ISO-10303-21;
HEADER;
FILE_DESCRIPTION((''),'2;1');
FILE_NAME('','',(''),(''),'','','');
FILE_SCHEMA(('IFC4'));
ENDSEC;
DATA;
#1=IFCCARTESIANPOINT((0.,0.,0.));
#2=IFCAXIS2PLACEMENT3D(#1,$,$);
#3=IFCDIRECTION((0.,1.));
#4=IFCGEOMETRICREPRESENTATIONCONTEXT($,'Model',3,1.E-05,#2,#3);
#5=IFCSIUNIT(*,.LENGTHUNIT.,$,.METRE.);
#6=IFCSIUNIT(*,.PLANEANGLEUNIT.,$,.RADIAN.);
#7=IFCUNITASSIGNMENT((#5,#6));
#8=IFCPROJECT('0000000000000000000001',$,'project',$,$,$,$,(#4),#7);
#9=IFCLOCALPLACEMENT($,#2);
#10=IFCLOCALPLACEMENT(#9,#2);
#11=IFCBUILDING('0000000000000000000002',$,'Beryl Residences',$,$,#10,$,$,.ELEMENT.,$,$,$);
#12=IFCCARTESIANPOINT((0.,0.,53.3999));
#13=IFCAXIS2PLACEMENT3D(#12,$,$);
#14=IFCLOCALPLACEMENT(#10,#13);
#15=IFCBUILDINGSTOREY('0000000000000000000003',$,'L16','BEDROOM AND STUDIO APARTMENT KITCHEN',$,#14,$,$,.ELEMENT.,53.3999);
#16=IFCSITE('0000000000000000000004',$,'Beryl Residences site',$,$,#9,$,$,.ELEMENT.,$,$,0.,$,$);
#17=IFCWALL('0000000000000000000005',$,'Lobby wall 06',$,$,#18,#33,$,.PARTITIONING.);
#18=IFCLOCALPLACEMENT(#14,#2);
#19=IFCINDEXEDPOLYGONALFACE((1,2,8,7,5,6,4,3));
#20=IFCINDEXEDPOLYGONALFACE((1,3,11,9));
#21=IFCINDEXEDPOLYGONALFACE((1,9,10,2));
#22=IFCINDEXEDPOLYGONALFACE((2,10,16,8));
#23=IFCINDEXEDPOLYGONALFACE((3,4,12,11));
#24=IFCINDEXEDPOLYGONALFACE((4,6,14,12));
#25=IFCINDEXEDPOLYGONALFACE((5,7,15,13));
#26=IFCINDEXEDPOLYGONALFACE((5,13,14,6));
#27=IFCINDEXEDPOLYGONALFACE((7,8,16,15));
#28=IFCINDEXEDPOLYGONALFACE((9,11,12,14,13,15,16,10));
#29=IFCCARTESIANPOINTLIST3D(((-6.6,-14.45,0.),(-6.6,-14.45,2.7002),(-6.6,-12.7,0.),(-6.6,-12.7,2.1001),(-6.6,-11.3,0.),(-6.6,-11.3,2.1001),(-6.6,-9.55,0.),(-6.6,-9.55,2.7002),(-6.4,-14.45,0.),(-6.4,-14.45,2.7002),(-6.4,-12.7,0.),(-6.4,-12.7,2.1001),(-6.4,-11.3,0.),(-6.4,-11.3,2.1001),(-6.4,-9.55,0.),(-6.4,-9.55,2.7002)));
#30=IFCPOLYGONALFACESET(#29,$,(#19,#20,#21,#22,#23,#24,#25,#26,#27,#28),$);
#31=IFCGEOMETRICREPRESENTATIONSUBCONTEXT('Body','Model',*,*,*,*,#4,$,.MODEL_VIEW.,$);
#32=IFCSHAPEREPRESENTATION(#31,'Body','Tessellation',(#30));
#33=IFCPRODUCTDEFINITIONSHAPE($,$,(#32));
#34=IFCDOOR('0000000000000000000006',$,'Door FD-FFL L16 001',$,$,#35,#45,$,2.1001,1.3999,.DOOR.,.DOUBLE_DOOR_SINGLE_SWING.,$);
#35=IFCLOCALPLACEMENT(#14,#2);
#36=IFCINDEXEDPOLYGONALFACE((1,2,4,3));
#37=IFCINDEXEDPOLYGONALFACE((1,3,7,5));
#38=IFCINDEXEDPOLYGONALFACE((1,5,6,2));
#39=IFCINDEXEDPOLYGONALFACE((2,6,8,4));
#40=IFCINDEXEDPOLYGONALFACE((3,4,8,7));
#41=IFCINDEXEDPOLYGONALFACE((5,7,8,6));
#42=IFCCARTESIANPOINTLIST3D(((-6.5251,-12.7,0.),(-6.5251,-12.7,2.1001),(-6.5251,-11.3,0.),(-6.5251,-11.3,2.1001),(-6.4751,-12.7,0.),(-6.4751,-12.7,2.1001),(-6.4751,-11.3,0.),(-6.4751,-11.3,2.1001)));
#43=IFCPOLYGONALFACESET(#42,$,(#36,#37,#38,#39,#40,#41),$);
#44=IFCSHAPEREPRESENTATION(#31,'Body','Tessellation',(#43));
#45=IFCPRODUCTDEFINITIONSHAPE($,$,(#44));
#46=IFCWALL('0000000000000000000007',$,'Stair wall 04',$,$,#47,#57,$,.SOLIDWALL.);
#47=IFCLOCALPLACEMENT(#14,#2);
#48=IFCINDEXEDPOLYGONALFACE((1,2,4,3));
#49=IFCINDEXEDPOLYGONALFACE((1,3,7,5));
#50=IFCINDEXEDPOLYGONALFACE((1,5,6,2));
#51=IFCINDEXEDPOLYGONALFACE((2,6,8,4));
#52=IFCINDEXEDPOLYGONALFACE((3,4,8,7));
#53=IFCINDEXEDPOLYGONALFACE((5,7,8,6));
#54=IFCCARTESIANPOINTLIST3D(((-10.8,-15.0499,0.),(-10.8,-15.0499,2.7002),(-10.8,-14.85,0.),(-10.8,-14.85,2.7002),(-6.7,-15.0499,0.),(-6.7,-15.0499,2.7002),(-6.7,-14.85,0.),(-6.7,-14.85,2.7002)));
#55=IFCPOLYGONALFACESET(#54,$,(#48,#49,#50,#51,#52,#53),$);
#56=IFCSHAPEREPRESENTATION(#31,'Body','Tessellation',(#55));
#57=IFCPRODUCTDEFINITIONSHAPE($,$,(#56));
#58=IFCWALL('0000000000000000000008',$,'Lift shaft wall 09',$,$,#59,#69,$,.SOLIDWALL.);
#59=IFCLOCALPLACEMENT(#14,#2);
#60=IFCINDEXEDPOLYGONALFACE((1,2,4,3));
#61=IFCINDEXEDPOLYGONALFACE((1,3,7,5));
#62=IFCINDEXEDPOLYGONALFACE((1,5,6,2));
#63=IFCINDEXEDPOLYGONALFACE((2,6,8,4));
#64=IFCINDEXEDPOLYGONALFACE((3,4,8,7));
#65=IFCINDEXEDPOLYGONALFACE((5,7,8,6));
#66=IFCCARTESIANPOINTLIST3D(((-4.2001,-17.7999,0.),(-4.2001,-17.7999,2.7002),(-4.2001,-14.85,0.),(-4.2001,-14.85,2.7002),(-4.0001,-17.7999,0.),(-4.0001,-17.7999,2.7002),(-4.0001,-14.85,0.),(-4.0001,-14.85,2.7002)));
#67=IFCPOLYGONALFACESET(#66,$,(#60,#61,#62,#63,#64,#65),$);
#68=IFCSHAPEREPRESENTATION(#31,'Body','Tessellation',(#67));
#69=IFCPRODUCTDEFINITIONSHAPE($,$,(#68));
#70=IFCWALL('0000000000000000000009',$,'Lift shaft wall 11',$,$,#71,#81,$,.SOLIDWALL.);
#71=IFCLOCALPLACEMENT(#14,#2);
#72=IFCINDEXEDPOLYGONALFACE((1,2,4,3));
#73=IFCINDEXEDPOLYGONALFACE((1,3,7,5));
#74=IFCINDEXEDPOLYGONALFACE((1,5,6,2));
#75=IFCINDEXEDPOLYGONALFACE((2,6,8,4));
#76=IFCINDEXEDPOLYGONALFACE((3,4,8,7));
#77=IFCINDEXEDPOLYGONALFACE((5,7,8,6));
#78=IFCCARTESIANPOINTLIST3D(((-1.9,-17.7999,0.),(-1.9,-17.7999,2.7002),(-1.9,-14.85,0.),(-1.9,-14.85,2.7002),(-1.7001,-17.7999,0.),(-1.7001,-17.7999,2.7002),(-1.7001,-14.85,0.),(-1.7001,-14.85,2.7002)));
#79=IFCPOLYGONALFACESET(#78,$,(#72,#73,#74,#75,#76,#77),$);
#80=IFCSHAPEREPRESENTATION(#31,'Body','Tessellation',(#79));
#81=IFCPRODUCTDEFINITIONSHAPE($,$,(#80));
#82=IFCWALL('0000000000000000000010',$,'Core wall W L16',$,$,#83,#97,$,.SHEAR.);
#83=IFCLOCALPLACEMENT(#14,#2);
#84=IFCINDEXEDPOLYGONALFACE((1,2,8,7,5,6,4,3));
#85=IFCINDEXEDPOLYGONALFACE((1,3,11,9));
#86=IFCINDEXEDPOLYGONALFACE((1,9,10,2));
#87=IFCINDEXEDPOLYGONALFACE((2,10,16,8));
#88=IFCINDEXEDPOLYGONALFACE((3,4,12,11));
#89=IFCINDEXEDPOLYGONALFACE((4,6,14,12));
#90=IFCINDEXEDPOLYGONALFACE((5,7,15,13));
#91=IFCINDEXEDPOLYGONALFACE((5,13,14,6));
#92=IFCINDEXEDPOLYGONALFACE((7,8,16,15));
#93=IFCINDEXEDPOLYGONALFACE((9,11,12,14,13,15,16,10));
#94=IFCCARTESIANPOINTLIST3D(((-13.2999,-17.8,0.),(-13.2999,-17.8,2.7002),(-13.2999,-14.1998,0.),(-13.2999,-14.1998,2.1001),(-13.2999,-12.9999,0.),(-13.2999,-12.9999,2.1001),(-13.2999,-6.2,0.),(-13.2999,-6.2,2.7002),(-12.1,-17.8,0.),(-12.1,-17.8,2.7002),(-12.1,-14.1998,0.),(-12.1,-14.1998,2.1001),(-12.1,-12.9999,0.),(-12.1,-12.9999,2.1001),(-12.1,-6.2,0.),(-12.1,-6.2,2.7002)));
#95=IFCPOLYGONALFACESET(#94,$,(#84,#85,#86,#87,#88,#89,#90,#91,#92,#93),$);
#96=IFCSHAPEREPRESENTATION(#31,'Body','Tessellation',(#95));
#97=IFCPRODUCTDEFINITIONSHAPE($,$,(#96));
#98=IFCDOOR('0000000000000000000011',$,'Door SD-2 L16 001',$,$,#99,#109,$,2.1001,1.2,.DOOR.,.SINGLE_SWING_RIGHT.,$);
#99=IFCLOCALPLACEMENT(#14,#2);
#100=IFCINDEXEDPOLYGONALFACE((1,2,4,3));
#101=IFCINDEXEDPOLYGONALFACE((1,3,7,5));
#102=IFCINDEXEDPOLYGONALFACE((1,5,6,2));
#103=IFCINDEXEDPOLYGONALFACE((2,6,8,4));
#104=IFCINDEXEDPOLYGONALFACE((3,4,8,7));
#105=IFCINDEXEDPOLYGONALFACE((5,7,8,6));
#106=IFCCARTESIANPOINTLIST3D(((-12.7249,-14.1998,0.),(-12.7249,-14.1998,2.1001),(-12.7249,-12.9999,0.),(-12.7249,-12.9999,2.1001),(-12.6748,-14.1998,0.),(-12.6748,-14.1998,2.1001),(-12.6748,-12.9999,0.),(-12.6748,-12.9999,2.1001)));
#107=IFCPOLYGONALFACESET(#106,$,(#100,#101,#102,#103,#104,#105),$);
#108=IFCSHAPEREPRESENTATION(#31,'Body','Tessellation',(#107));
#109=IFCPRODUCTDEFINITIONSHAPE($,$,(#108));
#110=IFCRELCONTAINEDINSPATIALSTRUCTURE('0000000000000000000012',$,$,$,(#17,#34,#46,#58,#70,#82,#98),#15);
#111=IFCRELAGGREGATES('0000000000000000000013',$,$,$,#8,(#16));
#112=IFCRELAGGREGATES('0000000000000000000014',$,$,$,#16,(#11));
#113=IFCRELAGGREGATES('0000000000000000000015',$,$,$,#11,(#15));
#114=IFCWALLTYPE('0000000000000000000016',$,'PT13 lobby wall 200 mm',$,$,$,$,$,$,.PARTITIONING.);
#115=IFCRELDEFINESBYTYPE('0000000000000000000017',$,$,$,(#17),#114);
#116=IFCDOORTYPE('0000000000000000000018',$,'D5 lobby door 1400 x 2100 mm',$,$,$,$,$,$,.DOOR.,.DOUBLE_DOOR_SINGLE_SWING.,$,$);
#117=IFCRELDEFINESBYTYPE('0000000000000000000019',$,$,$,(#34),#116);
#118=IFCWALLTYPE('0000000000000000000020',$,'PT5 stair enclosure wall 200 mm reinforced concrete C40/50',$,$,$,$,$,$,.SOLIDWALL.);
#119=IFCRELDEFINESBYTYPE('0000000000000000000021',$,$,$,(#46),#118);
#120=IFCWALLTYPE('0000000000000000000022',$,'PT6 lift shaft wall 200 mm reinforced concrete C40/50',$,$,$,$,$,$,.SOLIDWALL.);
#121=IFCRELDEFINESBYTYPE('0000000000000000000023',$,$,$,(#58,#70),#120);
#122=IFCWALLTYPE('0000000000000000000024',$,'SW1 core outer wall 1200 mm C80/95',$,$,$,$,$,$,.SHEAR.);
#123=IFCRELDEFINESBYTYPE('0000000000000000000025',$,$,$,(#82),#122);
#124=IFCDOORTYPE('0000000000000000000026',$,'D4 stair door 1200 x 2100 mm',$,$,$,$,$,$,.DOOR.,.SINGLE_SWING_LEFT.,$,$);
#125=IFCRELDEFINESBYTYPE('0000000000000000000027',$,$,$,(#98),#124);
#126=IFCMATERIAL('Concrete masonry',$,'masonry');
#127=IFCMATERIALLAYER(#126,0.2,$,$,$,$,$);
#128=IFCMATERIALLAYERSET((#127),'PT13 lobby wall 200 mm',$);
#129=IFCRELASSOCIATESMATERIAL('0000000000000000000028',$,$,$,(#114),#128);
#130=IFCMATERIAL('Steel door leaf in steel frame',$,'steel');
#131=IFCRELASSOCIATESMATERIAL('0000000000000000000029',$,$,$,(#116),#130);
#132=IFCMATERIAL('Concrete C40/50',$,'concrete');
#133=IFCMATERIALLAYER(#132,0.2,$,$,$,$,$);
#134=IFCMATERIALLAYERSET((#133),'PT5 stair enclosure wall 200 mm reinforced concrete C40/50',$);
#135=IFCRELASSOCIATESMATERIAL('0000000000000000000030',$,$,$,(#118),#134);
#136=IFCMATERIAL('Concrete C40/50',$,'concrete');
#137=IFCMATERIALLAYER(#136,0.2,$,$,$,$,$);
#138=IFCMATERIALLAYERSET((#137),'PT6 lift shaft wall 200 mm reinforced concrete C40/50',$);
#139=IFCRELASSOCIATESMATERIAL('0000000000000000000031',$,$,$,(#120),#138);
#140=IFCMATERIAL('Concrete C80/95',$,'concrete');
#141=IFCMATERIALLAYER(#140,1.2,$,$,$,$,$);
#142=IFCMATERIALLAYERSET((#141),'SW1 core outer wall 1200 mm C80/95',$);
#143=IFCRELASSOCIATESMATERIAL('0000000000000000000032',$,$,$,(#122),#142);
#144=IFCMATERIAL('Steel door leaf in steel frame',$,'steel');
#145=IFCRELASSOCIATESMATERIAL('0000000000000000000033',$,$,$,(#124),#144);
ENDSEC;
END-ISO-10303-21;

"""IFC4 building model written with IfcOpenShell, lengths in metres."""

from ifc_helpers import new_model, si_unit, direction, frame, frame_2d, origin, place, context, subcontext, project, spatial, rectangle, extrude, material, layer, layer_set, type_object, element, fill, save


model = new_model("IFC4")

# Units and contexts
model_context = context("Model", 3, precision=1e-05, world=origin(), true_north=direction((0.0, 1.0)))
body_context = subcontext(model_context, "Body", "Model", "MODEL_VIEW")
ifc_project = project(units=[si_unit("LENGTHUNIT", "METRE"), si_unit("PLANEANGLEUNIT", "RADIAN")], contexts=[model_context])

# Site, building, storey
site_placement = place(None, origin())
site = spatial("IfcSite", under=ifc_project, at=site_placement, Name="Beryl Residences site", CompositionType="ELEMENT", RefElevation=0.0)
building_placement = place(site_placement, origin())
building = spatial("IfcBuilding", under=site, at=building_placement, Name="Beryl Residences", CompositionType="ELEMENT")
storey_placement = place(building_placement, frame((0.0, 0.0, 53.3999)))
storey = spatial("IfcBuildingStorey", under=building, at=storey_placement, Name="L16", Description="BEDROOM AND STUDIO APARTMENT KITCHEN", CompositionType="ELEMENT", Elevation=53.3999)

# Wall, opening, door
ifc_material_1 = material(Name="Concrete masonry", Category="masonry")
ifc_layer_1 = layer(ifc_material_1, 0.2)
ifc_layer_set_1 = layer_set([ifc_layer_1], Name="PT13 lobby wall 200 mm")
wall_type_1 = type_object("IfcWallType", Name="PT13 lobby wall 200 mm", PredefinedType="PARTITIONING", material=ifc_layer_set_1)
wall_1_placement = place(storey_placement, frame((-6.5, -14.45, 0.0), z_axis=(0.0, 0.0, 1.0), x_axis=(0.0, 1.0, 0.0)))
wall_1 = element("IfcWall", 1, at=wall_1_placement, inside=storey, type_object=wall_type_1, Name="Lobby wall 06", PredefinedType="PARTITIONING", context=body_context, shape_type="SweptSolid", body=[
    extrude(rectangle(XDim=4.8999, YDim=0.2, at=frame_2d((2.45, 0.0))), origin(), (0.0, 0.0, 1.0), 2.7002),
])
opening_1_placement = place(wall_1_placement, frame((3.1499, 0.0, 0.0), z_axis=(0.0, 0.0, 1.0), x_axis=(-1.0, 0.0, 0.0)))
opening_1 = element("IfcOpeningElement", 2, at=opening_1_placement, cuts=wall_1, PredefinedType="OPENING", context=body_context, shape_type="SweptSolid", body=[
    extrude(rectangle(XDim=1.3999, YDim=2.1001, at=frame_2d((0.7, 1.05))), frame((0.0, 0.1099, 0.0), z_axis=(0.0, -1.0, 0.0), x_axis=(1.0, 0.0, 0.0)), (0.0, 0.0, 1.0), 0.22),
])
ifc_material_2 = material(Name="Steel door leaf in steel frame", Category="steel")
door_type_1 = type_object("IfcDoorType", Name="D5 lobby door 1400 x 2100 mm", OperationType="DOUBLE_DOOR_SINGLE_SWING", PredefinedType="DOOR", material=ifc_material_2)
door_1_placement = place(opening_1_placement, origin())
door_1 = element("IfcDoor", 3, at=door_1_placement, inside=storey, type_object=door_type_1, Name="Door FD-FFL L16 001", OperationType="DOUBLE_DOOR_SINGLE_SWING", OverallHeight=2.1001, OverallWidth=1.3999, PredefinedType="DOOR", context=body_context, shape_type="SweptSolid", body=[
    extrude(rectangle(XDim=1.3999, YDim=2.1001, at=frame_2d((0.7, 1.05))), frame((0.0, 0.0249, 0.0), z_axis=(0.0, -1.0, 0.0), x_axis=(1.0, 0.0, 0.0)), (0.0, 0.0, 1.0), 0.05),
])
fill(opening_1, door_1)

# Walls
ifc_material_3 = material(Name="Concrete C40/50", Category="concrete")
ifc_layer_2 = layer(ifc_material_3, 0.2)
ifc_layer_set_2 = layer_set([ifc_layer_2], Name="PT5 stair enclosure wall 200 mm reinforced concrete C40/50")
wall_type_2 = type_object("IfcWallType", Name="PT5 stair enclosure wall 200 mm reinforced concrete C40/50", PredefinedType="SOLIDWALL", material=ifc_layer_set_2)
wall_2_placement = place(storey_placement, frame((-10.8, -14.95, 0.0), z_axis=(0.0, 0.0, 1.0), x_axis=(1.0, 0.0, 0.0)))
element("IfcWall", 4, at=wall_2_placement, inside=storey, type_object=wall_type_2, Name="Stair wall 04", PredefinedType="SOLIDWALL", context=body_context, shape_type="SweptSolid", body=[
    extrude(rectangle(XDim=4.1001, YDim=0.2, at=frame_2d((2.05, 0.0))), origin(), (0.0, 0.0, 1.0), 2.7002),
])
ifc_material_4 = material(Name="Concrete C40/50", Category="concrete")
ifc_layer_3 = layer(ifc_material_4, 0.2)
ifc_layer_set_3 = layer_set([ifc_layer_3], Name="PT6 lift shaft wall 200 mm reinforced concrete C40/50")
wall_type_3 = type_object("IfcWallType", Name="PT6 lift shaft wall 200 mm reinforced concrete C40/50", PredefinedType="SOLIDWALL", material=ifc_layer_set_3)
for number, where, z_axis, x_axis, name in (
    (5, (-4.1001, -17.8, 0.0), (0.0, 0.0, 1.0), (0.0, 1.0, 0.0), "Lift shaft wall 09"),
    (6, (-1.8, -17.8, 0.0), (0.0, 0.0, 1.0), (0.0, 1.0, 0.0), "Lift shaft wall 11"),
):
    element("IfcWall", number, at=place(storey_placement, frame(where, z_axis=z_axis, x_axis=x_axis)), inside=storey, type_object=wall_type_3, Name=name, PredefinedType="SOLIDWALL", context=body_context, shape_type="SweptSolid", body=[
        extrude(rectangle(XDim=2.95, YDim=0.2, at=frame_2d((1.4751, 0.0))), origin(), (0.0, 0.0, 1.0), 2.7002),
    ])

# Wall, opening, door
ifc_material_5 = material(Name="Concrete C80/95", Category="concrete")
ifc_layer_4 = layer(ifc_material_5, 1.2)
ifc_layer_set_4 = layer_set([ifc_layer_4], Name="SW1 core outer wall 1200 mm C80/95")
wall_type_4 = type_object("IfcWallType", Name="SW1 core outer wall 1200 mm C80/95", PredefinedType="SHEAR", material=ifc_layer_set_4)
wall_3_placement = place(storey_placement, frame((-12.7, -17.8, 0.0), z_axis=(0.0, 0.0, 1.0), x_axis=(0.0, 1.0, 0.0)))
wall_3 = element("IfcWall", 7, at=wall_3_placement, inside=storey, type_object=wall_type_4, Name="Core wall W L16", PredefinedType="SHEAR", context=body_context, shape_type="SweptSolid", body=[
    extrude(rectangle(XDim=11.6001, YDim=1.2, at=frame_2d((5.8, 0.0))), origin(), (0.0, 0.0, 1.0), 2.7002),
])
opening_2_placement = place(wall_3_placement, frame((3.6001, 0.0, 0.0)))
opening_2 = element("IfcOpeningElement", 8, at=opening_2_placement, cuts=wall_3, PredefinedType="OPENING", context=body_context, shape_type="SweptSolid", body=[
    extrude(rectangle(XDim=1.2, YDim=2.1001, at=frame_2d((0.6001, 1.05))), frame((0.0, 0.6099, 0.0), z_axis=(0.0, -1.0, 0.0), x_axis=(1.0, 0.0, 0.0)), (0.0, 0.0, 1.0), 1.22),
])
ifc_material_6 = material(Name="Steel door leaf in steel frame", Category="steel")
door_type_2 = type_object("IfcDoorType", Name="D4 stair door 1200 x 2100 mm", OperationType="SINGLE_SWING_LEFT", PredefinedType="DOOR", material=ifc_material_6)
door_2_placement = place(opening_2_placement, origin())
door_2 = element("IfcDoor", 9, at=door_2_placement, inside=storey, type_object=door_type_2, Name="Door SD-2 L16 001", OperationType="SINGLE_SWING_RIGHT", OverallHeight=2.1001, OverallWidth=1.2, PredefinedType="DOOR", context=body_context, shape_type="SweptSolid", body=[
    extrude(rectangle(XDim=1.2, YDim=2.1001, at=frame_2d((0.6001, 1.05))), frame((0.0, 0.0249, 0.0), z_axis=(0.0, -1.0, 0.0), x_axis=(1.0, 0.0, 0.0)), (0.0, 0.0, 1.0), 0.05),
])
fill(opening_2, door_2)

save(model, "model.ifc")
